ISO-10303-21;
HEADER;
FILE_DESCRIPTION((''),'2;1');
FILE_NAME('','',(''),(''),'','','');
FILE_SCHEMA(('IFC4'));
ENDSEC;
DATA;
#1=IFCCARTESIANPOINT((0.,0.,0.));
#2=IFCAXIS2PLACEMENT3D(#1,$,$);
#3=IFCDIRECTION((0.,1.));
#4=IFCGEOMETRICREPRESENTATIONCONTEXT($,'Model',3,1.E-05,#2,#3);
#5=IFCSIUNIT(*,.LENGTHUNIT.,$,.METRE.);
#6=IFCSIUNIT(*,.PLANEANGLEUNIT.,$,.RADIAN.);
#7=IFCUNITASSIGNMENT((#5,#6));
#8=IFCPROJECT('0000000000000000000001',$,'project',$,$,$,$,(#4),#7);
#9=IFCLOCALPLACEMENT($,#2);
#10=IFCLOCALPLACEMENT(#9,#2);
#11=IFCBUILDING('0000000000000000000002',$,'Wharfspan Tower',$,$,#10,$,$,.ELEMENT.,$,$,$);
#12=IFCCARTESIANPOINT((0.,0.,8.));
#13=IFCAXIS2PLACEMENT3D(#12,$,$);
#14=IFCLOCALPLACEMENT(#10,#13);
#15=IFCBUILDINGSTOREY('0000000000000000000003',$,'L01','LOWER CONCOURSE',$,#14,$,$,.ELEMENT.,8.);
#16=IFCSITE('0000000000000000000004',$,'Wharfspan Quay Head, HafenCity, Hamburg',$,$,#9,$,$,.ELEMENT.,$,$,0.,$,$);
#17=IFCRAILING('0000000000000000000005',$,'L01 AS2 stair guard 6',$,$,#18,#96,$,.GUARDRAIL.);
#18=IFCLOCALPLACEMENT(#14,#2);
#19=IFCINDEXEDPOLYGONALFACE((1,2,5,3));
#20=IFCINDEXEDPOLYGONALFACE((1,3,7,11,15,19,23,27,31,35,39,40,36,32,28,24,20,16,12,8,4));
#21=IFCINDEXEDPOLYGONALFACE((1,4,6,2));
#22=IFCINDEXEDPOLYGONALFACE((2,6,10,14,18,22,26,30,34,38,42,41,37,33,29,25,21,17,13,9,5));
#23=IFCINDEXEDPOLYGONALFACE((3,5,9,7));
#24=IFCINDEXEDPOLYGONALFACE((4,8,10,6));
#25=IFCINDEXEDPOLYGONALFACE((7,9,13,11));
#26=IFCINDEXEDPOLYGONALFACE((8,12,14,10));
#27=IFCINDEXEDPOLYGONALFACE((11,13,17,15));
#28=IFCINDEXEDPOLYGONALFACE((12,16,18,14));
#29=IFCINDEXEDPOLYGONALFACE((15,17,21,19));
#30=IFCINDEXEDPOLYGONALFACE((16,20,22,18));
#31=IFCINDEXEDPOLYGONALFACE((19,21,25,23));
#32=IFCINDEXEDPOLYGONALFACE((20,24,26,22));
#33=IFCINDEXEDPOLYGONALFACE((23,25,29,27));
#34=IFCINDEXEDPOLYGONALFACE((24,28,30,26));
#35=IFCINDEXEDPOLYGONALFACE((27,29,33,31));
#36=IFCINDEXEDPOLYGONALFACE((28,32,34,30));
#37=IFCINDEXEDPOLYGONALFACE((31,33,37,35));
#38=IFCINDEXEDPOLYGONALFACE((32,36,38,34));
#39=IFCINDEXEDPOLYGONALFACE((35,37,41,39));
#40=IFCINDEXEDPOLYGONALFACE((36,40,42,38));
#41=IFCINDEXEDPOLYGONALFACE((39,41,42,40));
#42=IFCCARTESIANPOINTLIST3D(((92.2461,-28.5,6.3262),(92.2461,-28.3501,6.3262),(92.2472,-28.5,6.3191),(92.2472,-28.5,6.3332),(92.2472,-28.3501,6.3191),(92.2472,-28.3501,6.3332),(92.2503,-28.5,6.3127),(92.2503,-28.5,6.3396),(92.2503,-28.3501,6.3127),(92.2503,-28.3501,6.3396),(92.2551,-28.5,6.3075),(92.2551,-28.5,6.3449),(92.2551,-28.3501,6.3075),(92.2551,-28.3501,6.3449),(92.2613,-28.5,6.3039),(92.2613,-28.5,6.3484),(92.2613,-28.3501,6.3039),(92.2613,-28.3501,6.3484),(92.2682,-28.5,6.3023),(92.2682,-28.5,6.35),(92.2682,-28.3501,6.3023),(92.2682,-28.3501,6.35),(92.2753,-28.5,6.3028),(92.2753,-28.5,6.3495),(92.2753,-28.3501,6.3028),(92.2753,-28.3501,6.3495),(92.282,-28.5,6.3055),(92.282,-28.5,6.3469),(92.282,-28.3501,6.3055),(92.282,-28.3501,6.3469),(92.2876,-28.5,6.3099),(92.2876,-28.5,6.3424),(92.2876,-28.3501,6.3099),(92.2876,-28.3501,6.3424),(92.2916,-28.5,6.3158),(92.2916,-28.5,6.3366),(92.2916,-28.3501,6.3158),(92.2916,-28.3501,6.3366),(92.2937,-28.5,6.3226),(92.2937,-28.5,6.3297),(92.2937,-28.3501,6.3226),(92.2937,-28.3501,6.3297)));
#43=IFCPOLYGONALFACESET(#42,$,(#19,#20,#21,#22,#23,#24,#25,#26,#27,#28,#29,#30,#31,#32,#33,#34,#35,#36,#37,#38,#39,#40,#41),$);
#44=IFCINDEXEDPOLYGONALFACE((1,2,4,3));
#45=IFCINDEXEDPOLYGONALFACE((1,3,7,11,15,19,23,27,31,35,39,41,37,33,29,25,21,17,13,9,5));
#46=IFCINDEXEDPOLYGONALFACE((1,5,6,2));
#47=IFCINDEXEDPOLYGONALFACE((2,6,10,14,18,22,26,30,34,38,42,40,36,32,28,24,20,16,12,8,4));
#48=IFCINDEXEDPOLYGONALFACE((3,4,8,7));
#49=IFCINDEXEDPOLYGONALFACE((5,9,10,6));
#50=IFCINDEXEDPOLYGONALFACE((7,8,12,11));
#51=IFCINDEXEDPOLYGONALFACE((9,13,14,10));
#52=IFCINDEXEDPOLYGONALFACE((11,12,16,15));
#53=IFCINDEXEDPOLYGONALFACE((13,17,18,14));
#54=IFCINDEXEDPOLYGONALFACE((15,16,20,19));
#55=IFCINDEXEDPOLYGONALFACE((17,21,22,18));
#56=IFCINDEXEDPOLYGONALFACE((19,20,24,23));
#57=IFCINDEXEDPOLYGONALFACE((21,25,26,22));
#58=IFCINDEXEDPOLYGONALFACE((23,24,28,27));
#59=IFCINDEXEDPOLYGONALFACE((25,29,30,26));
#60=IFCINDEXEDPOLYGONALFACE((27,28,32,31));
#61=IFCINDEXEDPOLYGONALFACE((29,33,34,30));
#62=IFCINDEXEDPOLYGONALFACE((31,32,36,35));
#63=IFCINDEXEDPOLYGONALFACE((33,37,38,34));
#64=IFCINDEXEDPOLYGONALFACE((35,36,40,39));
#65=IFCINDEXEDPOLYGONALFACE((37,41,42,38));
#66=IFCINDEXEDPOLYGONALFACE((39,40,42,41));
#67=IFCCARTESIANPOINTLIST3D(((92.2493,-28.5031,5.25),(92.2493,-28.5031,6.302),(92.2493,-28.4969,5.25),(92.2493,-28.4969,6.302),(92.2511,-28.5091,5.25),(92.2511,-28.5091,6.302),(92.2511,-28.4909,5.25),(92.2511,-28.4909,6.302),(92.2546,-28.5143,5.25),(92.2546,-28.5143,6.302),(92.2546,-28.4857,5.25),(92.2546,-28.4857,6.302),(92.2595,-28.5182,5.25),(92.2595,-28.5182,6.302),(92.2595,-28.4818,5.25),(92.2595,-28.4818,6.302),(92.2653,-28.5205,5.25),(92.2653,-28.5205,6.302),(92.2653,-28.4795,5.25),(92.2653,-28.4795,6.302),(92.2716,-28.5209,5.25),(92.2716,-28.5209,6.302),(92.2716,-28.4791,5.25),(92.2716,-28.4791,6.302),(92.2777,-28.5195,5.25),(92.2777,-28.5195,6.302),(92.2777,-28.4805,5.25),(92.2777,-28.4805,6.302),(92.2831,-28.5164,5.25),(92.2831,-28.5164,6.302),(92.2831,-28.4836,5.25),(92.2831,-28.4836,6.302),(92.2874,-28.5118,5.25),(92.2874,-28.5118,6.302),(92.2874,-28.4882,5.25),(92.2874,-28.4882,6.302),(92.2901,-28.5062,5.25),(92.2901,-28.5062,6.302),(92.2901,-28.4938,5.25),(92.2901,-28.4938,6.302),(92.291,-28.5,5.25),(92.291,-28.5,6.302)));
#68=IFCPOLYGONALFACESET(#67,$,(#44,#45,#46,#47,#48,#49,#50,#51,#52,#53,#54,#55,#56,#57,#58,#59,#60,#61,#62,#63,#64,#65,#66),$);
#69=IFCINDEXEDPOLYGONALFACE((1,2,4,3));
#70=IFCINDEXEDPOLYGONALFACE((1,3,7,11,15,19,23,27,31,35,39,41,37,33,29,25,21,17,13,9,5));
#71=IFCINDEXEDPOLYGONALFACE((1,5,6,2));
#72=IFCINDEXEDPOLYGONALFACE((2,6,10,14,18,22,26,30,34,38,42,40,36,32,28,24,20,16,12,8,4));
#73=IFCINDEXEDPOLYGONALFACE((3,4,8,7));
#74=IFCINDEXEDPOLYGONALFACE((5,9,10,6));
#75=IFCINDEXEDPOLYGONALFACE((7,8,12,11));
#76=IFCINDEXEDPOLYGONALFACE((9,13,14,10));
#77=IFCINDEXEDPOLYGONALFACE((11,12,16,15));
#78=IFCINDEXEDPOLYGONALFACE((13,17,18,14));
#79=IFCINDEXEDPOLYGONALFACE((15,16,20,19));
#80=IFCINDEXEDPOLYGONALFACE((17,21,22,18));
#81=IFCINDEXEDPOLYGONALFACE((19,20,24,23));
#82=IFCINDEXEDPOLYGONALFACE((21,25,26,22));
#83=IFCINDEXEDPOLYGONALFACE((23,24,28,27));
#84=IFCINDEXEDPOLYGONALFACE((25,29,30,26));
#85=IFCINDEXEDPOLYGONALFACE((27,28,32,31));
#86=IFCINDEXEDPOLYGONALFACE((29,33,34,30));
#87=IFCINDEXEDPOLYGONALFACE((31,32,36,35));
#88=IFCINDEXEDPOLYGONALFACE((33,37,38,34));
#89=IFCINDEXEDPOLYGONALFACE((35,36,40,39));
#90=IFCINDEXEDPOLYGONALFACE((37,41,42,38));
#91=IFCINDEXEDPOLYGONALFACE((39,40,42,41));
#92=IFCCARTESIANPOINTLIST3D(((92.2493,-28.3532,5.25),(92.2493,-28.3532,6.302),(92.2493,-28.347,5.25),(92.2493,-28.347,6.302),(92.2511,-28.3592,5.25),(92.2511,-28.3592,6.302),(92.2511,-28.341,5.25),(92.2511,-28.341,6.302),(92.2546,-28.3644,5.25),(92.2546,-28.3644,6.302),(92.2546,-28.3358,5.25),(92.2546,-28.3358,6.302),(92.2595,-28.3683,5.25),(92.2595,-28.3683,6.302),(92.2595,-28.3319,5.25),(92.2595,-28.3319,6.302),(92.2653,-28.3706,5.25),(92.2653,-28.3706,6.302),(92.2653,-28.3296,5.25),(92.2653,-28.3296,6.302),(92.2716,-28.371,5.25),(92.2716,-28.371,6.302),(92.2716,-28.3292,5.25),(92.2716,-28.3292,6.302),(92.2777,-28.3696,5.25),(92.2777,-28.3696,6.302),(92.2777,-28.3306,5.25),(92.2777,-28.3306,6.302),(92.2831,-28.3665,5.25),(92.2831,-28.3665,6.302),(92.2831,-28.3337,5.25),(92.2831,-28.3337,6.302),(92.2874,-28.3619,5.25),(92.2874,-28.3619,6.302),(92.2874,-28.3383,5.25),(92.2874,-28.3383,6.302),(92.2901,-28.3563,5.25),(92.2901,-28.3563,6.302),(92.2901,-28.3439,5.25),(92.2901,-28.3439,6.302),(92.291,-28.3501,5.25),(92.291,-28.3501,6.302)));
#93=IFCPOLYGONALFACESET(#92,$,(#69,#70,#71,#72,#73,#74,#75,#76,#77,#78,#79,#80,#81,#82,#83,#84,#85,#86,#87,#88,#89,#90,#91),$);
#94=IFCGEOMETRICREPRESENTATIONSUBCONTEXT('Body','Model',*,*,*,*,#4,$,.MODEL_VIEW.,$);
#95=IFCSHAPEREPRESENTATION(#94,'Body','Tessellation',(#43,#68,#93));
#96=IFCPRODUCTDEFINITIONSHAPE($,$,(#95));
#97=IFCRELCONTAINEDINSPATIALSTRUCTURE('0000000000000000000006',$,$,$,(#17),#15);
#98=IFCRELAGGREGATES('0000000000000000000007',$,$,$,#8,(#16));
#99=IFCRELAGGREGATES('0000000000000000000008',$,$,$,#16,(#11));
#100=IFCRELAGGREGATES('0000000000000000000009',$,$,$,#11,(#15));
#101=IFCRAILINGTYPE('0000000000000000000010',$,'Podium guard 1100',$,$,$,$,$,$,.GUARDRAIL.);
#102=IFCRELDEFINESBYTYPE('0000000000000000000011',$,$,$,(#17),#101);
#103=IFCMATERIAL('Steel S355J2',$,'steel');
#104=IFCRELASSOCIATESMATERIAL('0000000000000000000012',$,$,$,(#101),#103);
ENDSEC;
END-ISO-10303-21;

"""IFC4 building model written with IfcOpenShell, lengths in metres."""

from ifc_helpers import new_model, si_unit, direction, frame, origin, origin_2d, place, context, subcontext, project, spatial, circle, extrude, material, type_object, element, save


model = new_model("IFC4")

# Units and contexts
model_context = context("Model", 3, precision=1e-05, world=origin(), true_north=direction((0.0, 1.0)))
body_context = subcontext(model_context, "Body", "Model", "MODEL_VIEW")
ifc_project = project(units=[si_unit("LENGTHUNIT", "METRE"), si_unit("PLANEANGLEUNIT", "RADIAN")], contexts=[model_context])

# Site, building, storey
site_placement = place(None, origin())
site = spatial("IfcSite", under=ifc_project, at=site_placement, Name="Wharfspan Quay Head, HafenCity, Hamburg", CompositionType="ELEMENT", RefElevation=0.0)
building_placement = place(site_placement, origin())
building = spatial("IfcBuilding", under=site, at=building_placement, Name="Wharfspan Tower", CompositionType="ELEMENT")
storey_placement = place(building_placement, frame((0.0, 0.0, 8.0)))
storey = spatial("IfcBuildingStorey", under=building, at=storey_placement, Name="L01", Description="LOWER CONCOURSE", CompositionType="ELEMENT", Elevation=8.0)

# Railing
ifc_material_1 = material(Name="Steel S355J2", Category="steel")
railing_type_1 = type_object("IfcRailingType", Name="Podium guard 1100", PredefinedType="GUARDRAIL", material=ifc_material_1)
railing_1_placement = place(storey_placement, frame((92.27, -28.5, 5.25)))
element("IfcRailing", 1, at=railing_1_placement, inside=storey, type_object=railing_type_1, Name="L01 AS2 stair guard 6", PredefinedType="GUARDRAIL", context=body_context, shape_type="SweptSolid", body=[
    extrude(circle(Radius=0.0239, at=origin_2d()), frame((0.0, 0.0, 1.0762), z_axis=(0.0, 1.0, 0.0), x_axis=(-1.0, 0.0, 0.0)), (0.0, 0.0, 1.0), 0.1499),
    extrude(circle(Radius=0.021, at=origin_2d()), origin(), (0.0, 0.0, 1.0), 1.052),
    extrude(circle(Radius=0.021, at=origin_2d()), frame((0.0, 0.1499, 0.0)), (0.0, 0.0, 1.0), 1.052),
])

save(model, "model.ifc")
